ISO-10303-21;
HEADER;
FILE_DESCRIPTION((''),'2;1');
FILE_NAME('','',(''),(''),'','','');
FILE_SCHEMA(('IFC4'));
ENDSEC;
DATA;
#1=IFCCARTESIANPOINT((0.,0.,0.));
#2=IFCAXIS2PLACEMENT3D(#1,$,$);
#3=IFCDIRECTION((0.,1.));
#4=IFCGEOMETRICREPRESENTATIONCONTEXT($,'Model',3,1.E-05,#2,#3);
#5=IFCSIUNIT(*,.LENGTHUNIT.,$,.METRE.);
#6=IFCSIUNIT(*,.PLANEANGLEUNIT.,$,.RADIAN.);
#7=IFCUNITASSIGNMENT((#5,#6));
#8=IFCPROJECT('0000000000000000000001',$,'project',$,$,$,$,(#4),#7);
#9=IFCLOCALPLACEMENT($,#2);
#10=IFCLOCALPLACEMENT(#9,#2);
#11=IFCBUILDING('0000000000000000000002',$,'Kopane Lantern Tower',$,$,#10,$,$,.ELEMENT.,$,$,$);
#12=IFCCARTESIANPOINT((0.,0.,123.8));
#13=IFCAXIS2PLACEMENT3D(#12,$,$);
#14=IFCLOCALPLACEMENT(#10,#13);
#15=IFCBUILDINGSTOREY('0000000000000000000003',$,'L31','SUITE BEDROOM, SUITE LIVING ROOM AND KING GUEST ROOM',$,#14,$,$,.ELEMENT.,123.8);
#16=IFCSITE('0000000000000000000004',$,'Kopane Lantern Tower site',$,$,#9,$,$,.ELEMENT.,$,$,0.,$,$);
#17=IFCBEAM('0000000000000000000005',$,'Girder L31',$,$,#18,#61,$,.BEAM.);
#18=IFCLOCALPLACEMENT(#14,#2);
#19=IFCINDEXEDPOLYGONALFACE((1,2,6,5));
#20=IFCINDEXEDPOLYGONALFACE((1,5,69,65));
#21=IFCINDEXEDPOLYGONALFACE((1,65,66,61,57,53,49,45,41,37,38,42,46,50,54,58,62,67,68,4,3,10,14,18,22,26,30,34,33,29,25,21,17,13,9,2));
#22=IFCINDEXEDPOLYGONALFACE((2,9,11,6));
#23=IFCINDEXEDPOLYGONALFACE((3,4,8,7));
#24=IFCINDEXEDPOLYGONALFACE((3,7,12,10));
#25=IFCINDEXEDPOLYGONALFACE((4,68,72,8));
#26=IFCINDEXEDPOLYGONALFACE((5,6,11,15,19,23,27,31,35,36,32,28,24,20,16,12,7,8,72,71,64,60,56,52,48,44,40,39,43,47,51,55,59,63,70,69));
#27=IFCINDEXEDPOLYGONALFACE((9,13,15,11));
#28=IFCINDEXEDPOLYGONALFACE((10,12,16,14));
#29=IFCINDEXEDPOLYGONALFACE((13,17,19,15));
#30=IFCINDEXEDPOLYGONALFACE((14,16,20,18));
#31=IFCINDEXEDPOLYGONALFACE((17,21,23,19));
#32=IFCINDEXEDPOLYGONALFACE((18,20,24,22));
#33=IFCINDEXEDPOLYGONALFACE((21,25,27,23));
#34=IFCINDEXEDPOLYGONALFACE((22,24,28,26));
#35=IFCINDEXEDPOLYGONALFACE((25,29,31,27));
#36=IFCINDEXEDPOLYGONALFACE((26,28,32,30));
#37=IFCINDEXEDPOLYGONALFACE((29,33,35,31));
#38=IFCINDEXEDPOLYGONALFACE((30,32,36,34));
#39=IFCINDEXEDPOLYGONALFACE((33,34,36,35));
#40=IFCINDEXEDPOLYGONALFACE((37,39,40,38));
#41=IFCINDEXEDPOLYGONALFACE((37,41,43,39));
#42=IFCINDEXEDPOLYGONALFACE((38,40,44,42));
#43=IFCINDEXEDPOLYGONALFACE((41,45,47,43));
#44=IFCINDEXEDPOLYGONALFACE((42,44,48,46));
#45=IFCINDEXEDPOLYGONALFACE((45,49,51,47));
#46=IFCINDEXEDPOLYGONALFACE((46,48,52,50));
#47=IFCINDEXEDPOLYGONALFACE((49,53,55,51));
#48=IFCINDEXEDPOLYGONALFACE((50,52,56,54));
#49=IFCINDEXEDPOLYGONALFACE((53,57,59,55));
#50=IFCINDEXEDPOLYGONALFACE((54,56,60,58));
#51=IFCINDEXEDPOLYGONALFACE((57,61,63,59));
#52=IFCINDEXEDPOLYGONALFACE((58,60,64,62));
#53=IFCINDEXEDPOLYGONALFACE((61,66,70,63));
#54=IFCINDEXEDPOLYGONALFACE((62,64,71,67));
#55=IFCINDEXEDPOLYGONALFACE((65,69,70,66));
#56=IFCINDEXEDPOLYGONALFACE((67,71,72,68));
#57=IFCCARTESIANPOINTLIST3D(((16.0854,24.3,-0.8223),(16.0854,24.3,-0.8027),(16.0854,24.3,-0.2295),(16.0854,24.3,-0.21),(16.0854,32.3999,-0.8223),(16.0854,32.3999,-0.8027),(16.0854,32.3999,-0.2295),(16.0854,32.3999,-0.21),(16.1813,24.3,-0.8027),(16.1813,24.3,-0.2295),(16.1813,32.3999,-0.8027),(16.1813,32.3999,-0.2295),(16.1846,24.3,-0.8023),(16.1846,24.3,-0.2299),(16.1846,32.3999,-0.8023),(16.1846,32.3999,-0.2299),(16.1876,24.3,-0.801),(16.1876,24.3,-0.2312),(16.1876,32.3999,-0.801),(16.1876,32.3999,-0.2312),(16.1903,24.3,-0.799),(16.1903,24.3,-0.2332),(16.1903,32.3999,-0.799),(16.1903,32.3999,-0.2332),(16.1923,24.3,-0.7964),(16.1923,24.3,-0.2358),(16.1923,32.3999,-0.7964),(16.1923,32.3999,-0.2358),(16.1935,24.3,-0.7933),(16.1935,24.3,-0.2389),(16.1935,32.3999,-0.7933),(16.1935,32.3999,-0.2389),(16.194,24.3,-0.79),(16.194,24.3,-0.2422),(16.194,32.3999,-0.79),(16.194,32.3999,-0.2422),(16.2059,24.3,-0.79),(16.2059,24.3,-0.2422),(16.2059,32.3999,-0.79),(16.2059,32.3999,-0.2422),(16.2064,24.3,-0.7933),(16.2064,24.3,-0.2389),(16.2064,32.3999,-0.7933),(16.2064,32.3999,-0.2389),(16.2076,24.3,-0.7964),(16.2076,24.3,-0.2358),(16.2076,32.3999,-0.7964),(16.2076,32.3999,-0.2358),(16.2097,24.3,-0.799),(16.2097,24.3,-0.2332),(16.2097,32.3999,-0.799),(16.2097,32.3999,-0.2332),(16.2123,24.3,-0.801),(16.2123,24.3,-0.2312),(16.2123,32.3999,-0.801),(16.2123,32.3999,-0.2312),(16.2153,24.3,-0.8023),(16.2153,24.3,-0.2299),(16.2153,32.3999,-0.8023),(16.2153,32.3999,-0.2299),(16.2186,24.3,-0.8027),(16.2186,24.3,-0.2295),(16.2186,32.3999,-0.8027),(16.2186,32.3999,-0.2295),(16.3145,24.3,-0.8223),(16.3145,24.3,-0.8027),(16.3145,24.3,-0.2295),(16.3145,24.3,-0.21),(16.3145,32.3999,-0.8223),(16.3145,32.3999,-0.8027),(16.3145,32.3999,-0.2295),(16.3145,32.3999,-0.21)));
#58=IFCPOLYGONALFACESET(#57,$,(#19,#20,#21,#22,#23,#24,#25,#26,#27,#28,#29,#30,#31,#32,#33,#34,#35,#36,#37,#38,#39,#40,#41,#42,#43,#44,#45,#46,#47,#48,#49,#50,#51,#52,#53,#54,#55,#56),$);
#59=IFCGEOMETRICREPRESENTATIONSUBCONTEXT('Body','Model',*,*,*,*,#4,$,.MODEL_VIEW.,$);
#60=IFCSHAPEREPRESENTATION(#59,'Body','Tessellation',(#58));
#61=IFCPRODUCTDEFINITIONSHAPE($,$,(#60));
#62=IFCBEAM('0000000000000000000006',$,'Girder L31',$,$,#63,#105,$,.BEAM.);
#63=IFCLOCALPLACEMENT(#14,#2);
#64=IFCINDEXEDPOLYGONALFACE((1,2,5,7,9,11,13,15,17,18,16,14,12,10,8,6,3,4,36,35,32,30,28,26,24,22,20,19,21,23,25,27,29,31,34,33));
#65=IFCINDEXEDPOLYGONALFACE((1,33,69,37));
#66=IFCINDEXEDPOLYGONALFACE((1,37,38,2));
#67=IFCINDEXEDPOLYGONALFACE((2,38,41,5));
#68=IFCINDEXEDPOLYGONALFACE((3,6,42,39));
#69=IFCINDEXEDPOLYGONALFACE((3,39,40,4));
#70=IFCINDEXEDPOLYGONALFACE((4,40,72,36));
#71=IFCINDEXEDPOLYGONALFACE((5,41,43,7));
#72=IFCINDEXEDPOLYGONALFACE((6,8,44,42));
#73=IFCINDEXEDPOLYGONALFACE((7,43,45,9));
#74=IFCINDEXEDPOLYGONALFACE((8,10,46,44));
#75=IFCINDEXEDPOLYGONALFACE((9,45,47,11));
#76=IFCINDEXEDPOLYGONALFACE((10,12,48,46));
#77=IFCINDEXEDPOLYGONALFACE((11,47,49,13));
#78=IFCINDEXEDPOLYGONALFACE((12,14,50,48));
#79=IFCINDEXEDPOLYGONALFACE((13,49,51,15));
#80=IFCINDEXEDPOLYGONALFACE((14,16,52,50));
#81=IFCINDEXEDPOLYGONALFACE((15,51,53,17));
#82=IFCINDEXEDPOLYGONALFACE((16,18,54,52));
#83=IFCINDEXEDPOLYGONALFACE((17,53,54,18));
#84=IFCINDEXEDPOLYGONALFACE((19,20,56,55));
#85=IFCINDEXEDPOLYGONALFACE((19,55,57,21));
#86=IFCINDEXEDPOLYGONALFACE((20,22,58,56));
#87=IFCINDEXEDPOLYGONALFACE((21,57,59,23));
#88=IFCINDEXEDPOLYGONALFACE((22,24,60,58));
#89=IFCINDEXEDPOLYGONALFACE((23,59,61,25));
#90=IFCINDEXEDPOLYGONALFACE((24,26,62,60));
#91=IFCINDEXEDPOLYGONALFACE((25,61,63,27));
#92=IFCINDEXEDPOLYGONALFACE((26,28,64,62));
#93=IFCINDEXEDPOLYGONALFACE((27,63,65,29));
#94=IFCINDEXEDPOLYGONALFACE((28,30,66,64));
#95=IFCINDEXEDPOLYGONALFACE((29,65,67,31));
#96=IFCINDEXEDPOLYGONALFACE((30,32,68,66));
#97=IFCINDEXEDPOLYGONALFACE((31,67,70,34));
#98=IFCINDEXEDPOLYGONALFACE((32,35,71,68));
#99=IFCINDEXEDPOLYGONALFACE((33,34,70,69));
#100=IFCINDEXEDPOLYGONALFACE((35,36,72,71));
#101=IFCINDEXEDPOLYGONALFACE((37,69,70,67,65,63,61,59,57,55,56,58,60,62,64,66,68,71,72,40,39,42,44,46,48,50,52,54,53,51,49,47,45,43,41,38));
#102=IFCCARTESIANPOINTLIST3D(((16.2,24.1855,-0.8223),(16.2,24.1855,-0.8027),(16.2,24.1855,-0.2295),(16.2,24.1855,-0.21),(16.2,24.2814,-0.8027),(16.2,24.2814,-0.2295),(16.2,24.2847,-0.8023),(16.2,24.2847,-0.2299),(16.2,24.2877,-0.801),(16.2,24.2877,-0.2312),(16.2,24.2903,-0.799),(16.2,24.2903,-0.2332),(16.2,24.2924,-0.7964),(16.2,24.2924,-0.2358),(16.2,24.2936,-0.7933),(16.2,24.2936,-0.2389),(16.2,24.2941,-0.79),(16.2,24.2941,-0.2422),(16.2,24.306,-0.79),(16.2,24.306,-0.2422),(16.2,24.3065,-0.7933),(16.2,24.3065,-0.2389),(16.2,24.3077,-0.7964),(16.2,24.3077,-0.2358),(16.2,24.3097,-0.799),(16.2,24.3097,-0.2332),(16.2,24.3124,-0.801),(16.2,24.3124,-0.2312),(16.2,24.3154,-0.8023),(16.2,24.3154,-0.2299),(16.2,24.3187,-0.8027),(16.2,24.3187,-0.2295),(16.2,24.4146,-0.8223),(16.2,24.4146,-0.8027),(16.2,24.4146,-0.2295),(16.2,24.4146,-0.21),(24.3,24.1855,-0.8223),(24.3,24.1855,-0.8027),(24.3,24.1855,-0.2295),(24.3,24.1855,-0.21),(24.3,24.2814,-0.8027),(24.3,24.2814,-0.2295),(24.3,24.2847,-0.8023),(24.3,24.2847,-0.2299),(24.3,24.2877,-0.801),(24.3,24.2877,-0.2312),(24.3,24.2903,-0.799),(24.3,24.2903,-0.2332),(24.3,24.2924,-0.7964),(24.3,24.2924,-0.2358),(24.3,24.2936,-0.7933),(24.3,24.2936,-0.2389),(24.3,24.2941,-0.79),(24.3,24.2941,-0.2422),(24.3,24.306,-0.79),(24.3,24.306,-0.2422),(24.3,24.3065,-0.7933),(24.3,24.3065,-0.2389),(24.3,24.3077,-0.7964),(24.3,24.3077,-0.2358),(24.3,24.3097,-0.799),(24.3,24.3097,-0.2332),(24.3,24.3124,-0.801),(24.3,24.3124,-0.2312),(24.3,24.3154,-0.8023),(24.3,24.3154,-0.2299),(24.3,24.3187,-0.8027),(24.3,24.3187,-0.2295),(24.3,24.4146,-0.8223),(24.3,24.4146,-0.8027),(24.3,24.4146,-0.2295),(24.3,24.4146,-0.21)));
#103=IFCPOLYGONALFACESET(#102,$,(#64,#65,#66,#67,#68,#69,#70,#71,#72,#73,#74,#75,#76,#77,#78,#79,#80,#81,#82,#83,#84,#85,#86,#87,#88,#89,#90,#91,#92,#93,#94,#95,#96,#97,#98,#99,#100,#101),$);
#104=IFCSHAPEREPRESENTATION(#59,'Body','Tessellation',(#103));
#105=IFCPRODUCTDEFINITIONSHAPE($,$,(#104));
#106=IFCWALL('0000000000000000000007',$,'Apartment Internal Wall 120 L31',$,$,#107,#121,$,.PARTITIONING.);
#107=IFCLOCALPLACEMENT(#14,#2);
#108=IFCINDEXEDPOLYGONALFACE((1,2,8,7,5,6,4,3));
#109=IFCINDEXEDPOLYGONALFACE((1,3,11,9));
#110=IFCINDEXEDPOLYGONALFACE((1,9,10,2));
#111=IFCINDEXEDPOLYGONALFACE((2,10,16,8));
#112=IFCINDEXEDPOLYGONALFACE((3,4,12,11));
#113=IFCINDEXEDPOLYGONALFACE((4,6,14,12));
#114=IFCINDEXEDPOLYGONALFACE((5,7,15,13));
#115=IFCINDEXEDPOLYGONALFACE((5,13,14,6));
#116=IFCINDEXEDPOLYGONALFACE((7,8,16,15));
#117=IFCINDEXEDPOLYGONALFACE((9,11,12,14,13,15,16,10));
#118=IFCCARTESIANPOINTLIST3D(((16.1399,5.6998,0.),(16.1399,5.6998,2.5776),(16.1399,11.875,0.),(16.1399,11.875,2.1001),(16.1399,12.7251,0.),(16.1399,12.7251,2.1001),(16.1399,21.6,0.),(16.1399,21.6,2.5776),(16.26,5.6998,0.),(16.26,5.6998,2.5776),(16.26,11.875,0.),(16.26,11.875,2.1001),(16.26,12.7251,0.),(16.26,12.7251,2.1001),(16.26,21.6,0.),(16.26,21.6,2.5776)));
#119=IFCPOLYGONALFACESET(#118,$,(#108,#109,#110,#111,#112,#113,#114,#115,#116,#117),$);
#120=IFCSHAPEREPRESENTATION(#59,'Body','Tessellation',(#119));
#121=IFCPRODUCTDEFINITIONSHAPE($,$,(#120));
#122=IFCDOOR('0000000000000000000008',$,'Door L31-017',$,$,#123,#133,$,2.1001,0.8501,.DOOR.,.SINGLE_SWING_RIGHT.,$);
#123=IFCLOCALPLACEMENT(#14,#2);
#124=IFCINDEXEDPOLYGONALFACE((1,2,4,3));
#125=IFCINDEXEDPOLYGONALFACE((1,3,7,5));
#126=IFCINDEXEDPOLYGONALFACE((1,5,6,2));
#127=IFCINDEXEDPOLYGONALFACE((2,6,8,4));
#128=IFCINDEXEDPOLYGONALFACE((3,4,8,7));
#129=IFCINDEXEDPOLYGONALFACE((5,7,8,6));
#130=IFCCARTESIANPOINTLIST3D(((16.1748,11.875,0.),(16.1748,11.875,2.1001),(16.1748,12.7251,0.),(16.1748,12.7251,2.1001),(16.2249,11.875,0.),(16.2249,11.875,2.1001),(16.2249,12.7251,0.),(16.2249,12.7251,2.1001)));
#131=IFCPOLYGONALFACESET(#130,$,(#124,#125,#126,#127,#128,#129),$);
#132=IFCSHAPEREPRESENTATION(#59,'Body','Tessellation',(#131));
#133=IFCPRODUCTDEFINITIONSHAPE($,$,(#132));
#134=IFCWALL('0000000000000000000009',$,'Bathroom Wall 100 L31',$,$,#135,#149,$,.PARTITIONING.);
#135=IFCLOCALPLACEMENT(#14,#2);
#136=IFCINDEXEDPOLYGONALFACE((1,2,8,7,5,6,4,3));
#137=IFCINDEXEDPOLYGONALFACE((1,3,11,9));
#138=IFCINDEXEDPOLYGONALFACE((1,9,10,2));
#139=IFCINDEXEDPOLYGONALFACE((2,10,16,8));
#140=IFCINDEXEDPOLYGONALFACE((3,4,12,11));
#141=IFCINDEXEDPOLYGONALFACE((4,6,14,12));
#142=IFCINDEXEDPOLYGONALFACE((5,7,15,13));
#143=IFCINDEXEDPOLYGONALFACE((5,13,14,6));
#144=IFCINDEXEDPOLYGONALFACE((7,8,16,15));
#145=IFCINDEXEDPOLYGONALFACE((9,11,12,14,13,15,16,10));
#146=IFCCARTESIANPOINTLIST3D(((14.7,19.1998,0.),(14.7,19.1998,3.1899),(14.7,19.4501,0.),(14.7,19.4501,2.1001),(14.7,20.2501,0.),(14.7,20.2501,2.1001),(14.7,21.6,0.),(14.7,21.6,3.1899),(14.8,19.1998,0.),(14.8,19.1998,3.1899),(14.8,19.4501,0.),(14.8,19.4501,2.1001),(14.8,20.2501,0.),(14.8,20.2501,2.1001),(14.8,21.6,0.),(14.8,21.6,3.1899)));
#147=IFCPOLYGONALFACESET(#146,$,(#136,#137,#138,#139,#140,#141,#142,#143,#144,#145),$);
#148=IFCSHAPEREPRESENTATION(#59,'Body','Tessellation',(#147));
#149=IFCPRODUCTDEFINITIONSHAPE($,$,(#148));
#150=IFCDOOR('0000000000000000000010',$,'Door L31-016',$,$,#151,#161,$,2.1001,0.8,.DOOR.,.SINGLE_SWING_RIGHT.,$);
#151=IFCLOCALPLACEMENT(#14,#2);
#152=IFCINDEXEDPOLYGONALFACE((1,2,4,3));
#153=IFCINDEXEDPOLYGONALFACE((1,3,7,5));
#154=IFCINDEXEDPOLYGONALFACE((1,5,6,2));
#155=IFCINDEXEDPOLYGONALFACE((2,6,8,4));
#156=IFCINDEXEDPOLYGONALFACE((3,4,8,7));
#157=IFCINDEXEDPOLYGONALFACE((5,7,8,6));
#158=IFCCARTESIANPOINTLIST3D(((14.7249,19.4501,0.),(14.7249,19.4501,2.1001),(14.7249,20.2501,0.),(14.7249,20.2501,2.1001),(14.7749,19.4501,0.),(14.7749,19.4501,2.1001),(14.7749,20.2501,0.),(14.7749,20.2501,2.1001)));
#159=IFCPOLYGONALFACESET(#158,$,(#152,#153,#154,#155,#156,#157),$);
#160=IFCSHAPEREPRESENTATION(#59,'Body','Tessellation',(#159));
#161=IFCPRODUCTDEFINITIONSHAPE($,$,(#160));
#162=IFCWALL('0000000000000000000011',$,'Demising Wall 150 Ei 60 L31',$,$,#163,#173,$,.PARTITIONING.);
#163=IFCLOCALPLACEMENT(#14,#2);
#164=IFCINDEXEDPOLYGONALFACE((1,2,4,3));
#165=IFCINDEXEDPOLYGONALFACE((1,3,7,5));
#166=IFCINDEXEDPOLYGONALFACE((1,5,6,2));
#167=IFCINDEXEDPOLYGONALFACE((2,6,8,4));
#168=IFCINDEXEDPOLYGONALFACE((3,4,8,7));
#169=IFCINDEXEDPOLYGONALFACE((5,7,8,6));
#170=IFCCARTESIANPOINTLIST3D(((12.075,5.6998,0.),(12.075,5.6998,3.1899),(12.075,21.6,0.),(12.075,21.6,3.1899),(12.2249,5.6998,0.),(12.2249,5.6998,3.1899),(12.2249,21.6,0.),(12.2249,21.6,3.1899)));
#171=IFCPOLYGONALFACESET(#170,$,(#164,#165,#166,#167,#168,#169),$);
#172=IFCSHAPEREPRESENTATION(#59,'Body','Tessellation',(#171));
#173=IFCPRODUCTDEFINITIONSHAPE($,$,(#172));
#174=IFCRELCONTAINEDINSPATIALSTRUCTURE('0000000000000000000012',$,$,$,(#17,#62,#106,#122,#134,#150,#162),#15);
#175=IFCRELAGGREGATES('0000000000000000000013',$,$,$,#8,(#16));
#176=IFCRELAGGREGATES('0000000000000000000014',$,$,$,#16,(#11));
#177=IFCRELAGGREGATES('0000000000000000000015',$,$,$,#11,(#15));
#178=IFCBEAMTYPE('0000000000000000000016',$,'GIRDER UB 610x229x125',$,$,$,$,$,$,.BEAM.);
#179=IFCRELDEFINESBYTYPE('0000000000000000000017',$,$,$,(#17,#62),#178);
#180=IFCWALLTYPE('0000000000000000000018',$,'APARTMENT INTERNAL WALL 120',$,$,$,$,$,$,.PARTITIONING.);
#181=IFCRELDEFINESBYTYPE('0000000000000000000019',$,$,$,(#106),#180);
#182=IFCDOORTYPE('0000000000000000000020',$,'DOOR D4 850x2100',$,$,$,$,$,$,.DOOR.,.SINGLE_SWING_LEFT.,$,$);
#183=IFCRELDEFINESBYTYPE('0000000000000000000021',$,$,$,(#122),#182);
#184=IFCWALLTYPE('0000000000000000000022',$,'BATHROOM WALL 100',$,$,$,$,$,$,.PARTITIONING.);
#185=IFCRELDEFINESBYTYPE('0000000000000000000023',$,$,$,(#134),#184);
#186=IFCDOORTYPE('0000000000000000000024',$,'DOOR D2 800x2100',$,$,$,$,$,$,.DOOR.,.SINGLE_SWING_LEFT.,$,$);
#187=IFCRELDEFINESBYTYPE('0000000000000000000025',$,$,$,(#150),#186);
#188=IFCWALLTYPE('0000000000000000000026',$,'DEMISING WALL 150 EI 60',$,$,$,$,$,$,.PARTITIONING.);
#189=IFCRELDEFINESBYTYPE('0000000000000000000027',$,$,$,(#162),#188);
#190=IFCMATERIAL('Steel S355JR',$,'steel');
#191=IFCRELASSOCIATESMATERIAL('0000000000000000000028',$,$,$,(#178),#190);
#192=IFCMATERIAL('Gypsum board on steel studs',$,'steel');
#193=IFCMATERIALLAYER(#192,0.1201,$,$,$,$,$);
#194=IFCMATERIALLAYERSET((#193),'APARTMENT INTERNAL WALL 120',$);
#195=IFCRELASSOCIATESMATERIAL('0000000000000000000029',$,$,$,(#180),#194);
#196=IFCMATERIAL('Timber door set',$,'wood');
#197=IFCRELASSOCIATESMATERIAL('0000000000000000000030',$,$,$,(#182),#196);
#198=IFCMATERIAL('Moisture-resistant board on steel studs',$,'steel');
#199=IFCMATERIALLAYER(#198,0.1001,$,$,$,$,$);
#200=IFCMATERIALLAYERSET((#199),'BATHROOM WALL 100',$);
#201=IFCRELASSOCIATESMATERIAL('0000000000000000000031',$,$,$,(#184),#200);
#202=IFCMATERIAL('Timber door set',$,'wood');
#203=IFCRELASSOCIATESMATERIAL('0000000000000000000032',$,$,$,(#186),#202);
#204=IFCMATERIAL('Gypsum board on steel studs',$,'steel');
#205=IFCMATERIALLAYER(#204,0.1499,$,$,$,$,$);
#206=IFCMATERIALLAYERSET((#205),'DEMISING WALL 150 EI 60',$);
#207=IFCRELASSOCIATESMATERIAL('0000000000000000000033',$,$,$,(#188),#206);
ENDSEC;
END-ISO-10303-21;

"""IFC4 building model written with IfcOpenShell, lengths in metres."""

from ifc_helpers import new_model, si_unit, direction, frame, frame_2d, origin, origin_2d, place, context, subcontext, project, spatial, rectangle, i_section, extrude, material, layer, layer_set, material_profile, profile_set, type_object, element, fill, save


model = new_model("IFC4")

# Units and contexts
model_context = context("Model", 3, precision=1e-05, world=origin(), true_north=direction((0.0, 1.0)))
body_context = subcontext(model_context, "Body", "Model", "MODEL_VIEW")
ifc_project = project(units=[si_unit("LENGTHUNIT", "METRE"), si_unit("PLANEANGLEUNIT", "RADIAN")], contexts=[model_context])

# Site, building, storey
site_placement = place(None, origin())
site = spatial("IfcSite", under=ifc_project, at=site_placement, Name="Kopane Lantern Tower site", CompositionType="ELEMENT", RefElevation=0.0)
building_placement = place(site_placement, origin())
building = spatial("IfcBuilding", under=site, at=building_placement, Name="Kopane Lantern Tower", CompositionType="ELEMENT")
storey_placement = place(building_placement, frame((0.0, 0.0, 123.8)))
storey = spatial("IfcBuildingStorey", under=building, at=storey_placement, Name="L31", Description="SUITE BEDROOM, SUITE LIVING ROOM AND KING GUEST ROOM", CompositionType="ELEMENT", Elevation=123.8)

# Beams
ifc_material_1 = material(Name="Steel S355JR", Category="steel")
ifc_material_profile_1 = material_profile(ifc_material_1, i_section(OverallWidth=0.229, OverallDepth=0.6123, WebThickness=0.012, FlangeThickness=0.0195, FilletRadius=0.0127, at=origin_2d()), Name="UB 610x229x125")
ifc_profile_set_1 = profile_set([ifc_material_profile_1], Name="Steel S355JR")
beam_type_1 = type_object("IfcBeamType", Name="GIRDER UB 610x229x125", PredefinedType="BEAM", material=ifc_profile_set_1)
beam_1_placement = place(storey_placement, frame((16.2, 24.3, -0.5161), z_axis=(0.0, 1.0, 0.0), x_axis=(-1.0, 0.0, 0.0)))
element("IfcBeam", 1, at=beam_1_placement, inside=storey, type_object=beam_type_1, Name="Girder L31", PredefinedType="BEAM", context=body_context, shape_type="SweptSolid", body=[
    extrude(i_section(OverallWidth=0.229, OverallDepth=0.6123, WebThickness=0.012, FlangeThickness=0.0195, FilletRadius=0.0127, at=origin_2d()), origin(), (0.0, 0.0, 1.0), 8.0999),
])
beam_2_placement = place(storey_placement, frame((16.2, 24.3, -0.5161), z_axis=(1.0, 0.0, 0.0), x_axis=(0.0, 1.0, 0.0)))
element("IfcBeam", 2, at=beam_2_placement, inside=storey, type_object=beam_type_1, Name="Girder L31", PredefinedType="BEAM", context=body_context, shape_type="SweptSolid", body=[
    extrude(i_section(OverallWidth=0.229, OverallDepth=0.6123, WebThickness=0.012, FlangeThickness=0.0195, FilletRadius=0.0127, at=origin_2d()), origin(), (0.0, 0.0, 1.0), 8.1001),
])

# Walls, openings, doors
ifc_material_2 = material(Name="Gypsum board on steel studs", Category="steel")
ifc_layer_1 = layer(ifc_material_2, 0.1201)
ifc_layer_set_1 = layer_set([ifc_layer_1], Name="APARTMENT INTERNAL WALL 120")
wall_type_1 = type_object("IfcWallType", Name="APARTMENT INTERNAL WALL 120", PredefinedType="PARTITIONING", material=ifc_layer_set_1)
wall_1_placement = place(storey_placement, frame((16.2, 21.6001, 0.0), z_axis=(0.0, 0.0, 1.0), x_axis=(0.0, -1.0, 0.0)))
wall_1 = element("IfcWall", 3, at=wall_1_placement, inside=storey, type_object=wall_type_1, Name="Apartment Internal Wall 120 L31", PredefinedType="PARTITIONING", context=body_context, shape_type="SweptSolid", body=[
    extrude(rectangle(XDim=15.9001, YDim=0.1201, at=frame_2d((7.9502, 0.0))), origin(), (0.0, 0.0, 1.0), 2.5776),
])
opening_1_placement = place(wall_1_placement, frame((8.875, 0.0, 0.0)))
opening_1 = element("IfcOpeningElement", 4, at=opening_1_placement, cuts=wall_1, PredefinedType="OPENING", context=body_context, shape_type="SweptSolid", body=[
    extrude(rectangle(XDim=0.8501, YDim=2.1001, at=frame_2d((0.425, 1.05))), frame((0.0, 0.0701, 0.0), z_axis=(0.0, -1.0, 0.0), x_axis=(1.0, 0.0, 0.0)), (0.0, 0.0, 1.0), 0.1401),
])
ifc_material_3 = material(Name="Timber door set", Category="wood")
door_type_1 = type_object("IfcDoorType", Name="DOOR D4 850x2100", OperationType="SINGLE_SWING_LEFT", PredefinedType="DOOR", material=ifc_material_3)
door_1_placement = place(opening_1_placement, origin())
door_1 = element("IfcDoor", 5, at=door_1_placement, inside=storey, type_object=door_type_1, Name="Door L31-017", OperationType="SINGLE_SWING_RIGHT", OverallHeight=2.1001, OverallWidth=0.8501, PredefinedType="DOOR", context=body_context, shape_type="SweptSolid", body=[
    extrude(rectangle(XDim=0.8501, YDim=2.1001, at=frame_2d((0.425, 1.05))), frame((0.0, 0.0249, 0.0), z_axis=(0.0, -1.0, 0.0), x_axis=(1.0, 0.0, 0.0)), (0.0, 0.0, 1.0), 0.05),
])
fill(opening_1, door_1)
ifc_material_4 = material(Name="Moisture-resistant board on steel studs", Category="steel")
ifc_layer_2 = layer(ifc_material_4, 0.1001)
ifc_layer_set_2 = layer_set([ifc_layer_2], Name="BATHROOM WALL 100")
wall_type_2 = type_object("IfcWallType", Name="BATHROOM WALL 100", PredefinedType="PARTITIONING", material=ifc_layer_set_2)
wall_2_placement = place(storey_placement, frame((14.75, 21.6001, 0.0), z_axis=(0.0, 0.0, 1.0), x_axis=(0.0, -1.0, 0.0)))
wall_2 = element("IfcWall", 6, at=wall_2_placement, inside=storey, type_object=wall_type_2, Name="Bathroom Wall 100 L31", PredefinedType="PARTITIONING", context=body_context, shape_type="SweptSolid", body=[
    extrude(rectangle(XDim=2.4001, YDim=0.1001, at=frame_2d((1.2002, 0.0))), origin(), (0.0, 0.0, 1.0), 3.1899),
])
opening_2_placement = place(wall_2_placement, frame((1.3501, 0.0, 0.0)))
opening_2 = element("IfcOpeningElement", 7, at=opening_2_placement, cuts=wall_2, PredefinedType="OPENING", context=body_context, shape_type="SweptSolid", body=[
    extrude(rectangle(XDim=0.8, YDim=2.1001, at=frame_2d((0.3999, 1.05))), frame((0.0, 0.0601, 0.0), z_axis=(0.0, -1.0, 0.0), x_axis=(1.0, 0.0, 0.0)), (0.0, 0.0, 1.0), 0.1201),
])
ifc_material_5 = material(Name="Timber door set", Category="wood")
door_type_2 = type_object("IfcDoorType", Name="DOOR D2 800x2100", OperationType="SINGLE_SWING_LEFT", PredefinedType="DOOR", material=ifc_material_5)
door_2_placement = place(opening_2_placement, origin())
door_2 = element("IfcDoor", 8, at=door_2_placement, inside=storey, type_object=door_type_2, Name="Door L31-016", OperationType="SINGLE_SWING_RIGHT", OverallHeight=2.1001, OverallWidth=0.8, PredefinedType="DOOR", context=body_context, shape_type="SweptSolid", body=[
    extrude(rectangle(XDim=0.8, YDim=2.1001, at=frame_2d((0.3999, 1.05))), frame((0.0, 0.0249, 0.0), z_axis=(0.0, -1.0, 0.0), x_axis=(1.0, 0.0, 0.0)), (0.0, 0.0, 1.0), 0.05),
])
fill(opening_2, door_2)

# Wall
ifc_material_6 = material(Name="Gypsum board on steel studs", Category="steel")
ifc_layer_3 = layer(ifc_material_6, 0.1499)
ifc_layer_set_3 = layer_set([ifc_layer_3], Name="DEMISING WALL 150 EI 60")
wall_type_3 = type_object("IfcWallType", Name="DEMISING WALL 150 EI 60", PredefinedType="PARTITIONING", material=ifc_layer_set_3)
wall_3_placement = place(storey_placement, frame((12.1499, 21.6001, 0.0), z_axis=(0.0, 0.0, 1.0), x_axis=(0.0, -1.0, 0.0)))
element("IfcWall", 9, at=wall_3_placement, inside=storey, type_object=wall_type_3, Name="Demising Wall 150 Ei 60 L31", PredefinedType="PARTITIONING", context=body_context, shape_type="SweptSolid", body=[
    extrude(rectangle(XDim=15.9001, YDim=0.1499, at=frame_2d((7.9502, 0.0))), origin(), (0.0, 0.0, 1.0), 3.1899),
])

save(model, "model.ifc")
